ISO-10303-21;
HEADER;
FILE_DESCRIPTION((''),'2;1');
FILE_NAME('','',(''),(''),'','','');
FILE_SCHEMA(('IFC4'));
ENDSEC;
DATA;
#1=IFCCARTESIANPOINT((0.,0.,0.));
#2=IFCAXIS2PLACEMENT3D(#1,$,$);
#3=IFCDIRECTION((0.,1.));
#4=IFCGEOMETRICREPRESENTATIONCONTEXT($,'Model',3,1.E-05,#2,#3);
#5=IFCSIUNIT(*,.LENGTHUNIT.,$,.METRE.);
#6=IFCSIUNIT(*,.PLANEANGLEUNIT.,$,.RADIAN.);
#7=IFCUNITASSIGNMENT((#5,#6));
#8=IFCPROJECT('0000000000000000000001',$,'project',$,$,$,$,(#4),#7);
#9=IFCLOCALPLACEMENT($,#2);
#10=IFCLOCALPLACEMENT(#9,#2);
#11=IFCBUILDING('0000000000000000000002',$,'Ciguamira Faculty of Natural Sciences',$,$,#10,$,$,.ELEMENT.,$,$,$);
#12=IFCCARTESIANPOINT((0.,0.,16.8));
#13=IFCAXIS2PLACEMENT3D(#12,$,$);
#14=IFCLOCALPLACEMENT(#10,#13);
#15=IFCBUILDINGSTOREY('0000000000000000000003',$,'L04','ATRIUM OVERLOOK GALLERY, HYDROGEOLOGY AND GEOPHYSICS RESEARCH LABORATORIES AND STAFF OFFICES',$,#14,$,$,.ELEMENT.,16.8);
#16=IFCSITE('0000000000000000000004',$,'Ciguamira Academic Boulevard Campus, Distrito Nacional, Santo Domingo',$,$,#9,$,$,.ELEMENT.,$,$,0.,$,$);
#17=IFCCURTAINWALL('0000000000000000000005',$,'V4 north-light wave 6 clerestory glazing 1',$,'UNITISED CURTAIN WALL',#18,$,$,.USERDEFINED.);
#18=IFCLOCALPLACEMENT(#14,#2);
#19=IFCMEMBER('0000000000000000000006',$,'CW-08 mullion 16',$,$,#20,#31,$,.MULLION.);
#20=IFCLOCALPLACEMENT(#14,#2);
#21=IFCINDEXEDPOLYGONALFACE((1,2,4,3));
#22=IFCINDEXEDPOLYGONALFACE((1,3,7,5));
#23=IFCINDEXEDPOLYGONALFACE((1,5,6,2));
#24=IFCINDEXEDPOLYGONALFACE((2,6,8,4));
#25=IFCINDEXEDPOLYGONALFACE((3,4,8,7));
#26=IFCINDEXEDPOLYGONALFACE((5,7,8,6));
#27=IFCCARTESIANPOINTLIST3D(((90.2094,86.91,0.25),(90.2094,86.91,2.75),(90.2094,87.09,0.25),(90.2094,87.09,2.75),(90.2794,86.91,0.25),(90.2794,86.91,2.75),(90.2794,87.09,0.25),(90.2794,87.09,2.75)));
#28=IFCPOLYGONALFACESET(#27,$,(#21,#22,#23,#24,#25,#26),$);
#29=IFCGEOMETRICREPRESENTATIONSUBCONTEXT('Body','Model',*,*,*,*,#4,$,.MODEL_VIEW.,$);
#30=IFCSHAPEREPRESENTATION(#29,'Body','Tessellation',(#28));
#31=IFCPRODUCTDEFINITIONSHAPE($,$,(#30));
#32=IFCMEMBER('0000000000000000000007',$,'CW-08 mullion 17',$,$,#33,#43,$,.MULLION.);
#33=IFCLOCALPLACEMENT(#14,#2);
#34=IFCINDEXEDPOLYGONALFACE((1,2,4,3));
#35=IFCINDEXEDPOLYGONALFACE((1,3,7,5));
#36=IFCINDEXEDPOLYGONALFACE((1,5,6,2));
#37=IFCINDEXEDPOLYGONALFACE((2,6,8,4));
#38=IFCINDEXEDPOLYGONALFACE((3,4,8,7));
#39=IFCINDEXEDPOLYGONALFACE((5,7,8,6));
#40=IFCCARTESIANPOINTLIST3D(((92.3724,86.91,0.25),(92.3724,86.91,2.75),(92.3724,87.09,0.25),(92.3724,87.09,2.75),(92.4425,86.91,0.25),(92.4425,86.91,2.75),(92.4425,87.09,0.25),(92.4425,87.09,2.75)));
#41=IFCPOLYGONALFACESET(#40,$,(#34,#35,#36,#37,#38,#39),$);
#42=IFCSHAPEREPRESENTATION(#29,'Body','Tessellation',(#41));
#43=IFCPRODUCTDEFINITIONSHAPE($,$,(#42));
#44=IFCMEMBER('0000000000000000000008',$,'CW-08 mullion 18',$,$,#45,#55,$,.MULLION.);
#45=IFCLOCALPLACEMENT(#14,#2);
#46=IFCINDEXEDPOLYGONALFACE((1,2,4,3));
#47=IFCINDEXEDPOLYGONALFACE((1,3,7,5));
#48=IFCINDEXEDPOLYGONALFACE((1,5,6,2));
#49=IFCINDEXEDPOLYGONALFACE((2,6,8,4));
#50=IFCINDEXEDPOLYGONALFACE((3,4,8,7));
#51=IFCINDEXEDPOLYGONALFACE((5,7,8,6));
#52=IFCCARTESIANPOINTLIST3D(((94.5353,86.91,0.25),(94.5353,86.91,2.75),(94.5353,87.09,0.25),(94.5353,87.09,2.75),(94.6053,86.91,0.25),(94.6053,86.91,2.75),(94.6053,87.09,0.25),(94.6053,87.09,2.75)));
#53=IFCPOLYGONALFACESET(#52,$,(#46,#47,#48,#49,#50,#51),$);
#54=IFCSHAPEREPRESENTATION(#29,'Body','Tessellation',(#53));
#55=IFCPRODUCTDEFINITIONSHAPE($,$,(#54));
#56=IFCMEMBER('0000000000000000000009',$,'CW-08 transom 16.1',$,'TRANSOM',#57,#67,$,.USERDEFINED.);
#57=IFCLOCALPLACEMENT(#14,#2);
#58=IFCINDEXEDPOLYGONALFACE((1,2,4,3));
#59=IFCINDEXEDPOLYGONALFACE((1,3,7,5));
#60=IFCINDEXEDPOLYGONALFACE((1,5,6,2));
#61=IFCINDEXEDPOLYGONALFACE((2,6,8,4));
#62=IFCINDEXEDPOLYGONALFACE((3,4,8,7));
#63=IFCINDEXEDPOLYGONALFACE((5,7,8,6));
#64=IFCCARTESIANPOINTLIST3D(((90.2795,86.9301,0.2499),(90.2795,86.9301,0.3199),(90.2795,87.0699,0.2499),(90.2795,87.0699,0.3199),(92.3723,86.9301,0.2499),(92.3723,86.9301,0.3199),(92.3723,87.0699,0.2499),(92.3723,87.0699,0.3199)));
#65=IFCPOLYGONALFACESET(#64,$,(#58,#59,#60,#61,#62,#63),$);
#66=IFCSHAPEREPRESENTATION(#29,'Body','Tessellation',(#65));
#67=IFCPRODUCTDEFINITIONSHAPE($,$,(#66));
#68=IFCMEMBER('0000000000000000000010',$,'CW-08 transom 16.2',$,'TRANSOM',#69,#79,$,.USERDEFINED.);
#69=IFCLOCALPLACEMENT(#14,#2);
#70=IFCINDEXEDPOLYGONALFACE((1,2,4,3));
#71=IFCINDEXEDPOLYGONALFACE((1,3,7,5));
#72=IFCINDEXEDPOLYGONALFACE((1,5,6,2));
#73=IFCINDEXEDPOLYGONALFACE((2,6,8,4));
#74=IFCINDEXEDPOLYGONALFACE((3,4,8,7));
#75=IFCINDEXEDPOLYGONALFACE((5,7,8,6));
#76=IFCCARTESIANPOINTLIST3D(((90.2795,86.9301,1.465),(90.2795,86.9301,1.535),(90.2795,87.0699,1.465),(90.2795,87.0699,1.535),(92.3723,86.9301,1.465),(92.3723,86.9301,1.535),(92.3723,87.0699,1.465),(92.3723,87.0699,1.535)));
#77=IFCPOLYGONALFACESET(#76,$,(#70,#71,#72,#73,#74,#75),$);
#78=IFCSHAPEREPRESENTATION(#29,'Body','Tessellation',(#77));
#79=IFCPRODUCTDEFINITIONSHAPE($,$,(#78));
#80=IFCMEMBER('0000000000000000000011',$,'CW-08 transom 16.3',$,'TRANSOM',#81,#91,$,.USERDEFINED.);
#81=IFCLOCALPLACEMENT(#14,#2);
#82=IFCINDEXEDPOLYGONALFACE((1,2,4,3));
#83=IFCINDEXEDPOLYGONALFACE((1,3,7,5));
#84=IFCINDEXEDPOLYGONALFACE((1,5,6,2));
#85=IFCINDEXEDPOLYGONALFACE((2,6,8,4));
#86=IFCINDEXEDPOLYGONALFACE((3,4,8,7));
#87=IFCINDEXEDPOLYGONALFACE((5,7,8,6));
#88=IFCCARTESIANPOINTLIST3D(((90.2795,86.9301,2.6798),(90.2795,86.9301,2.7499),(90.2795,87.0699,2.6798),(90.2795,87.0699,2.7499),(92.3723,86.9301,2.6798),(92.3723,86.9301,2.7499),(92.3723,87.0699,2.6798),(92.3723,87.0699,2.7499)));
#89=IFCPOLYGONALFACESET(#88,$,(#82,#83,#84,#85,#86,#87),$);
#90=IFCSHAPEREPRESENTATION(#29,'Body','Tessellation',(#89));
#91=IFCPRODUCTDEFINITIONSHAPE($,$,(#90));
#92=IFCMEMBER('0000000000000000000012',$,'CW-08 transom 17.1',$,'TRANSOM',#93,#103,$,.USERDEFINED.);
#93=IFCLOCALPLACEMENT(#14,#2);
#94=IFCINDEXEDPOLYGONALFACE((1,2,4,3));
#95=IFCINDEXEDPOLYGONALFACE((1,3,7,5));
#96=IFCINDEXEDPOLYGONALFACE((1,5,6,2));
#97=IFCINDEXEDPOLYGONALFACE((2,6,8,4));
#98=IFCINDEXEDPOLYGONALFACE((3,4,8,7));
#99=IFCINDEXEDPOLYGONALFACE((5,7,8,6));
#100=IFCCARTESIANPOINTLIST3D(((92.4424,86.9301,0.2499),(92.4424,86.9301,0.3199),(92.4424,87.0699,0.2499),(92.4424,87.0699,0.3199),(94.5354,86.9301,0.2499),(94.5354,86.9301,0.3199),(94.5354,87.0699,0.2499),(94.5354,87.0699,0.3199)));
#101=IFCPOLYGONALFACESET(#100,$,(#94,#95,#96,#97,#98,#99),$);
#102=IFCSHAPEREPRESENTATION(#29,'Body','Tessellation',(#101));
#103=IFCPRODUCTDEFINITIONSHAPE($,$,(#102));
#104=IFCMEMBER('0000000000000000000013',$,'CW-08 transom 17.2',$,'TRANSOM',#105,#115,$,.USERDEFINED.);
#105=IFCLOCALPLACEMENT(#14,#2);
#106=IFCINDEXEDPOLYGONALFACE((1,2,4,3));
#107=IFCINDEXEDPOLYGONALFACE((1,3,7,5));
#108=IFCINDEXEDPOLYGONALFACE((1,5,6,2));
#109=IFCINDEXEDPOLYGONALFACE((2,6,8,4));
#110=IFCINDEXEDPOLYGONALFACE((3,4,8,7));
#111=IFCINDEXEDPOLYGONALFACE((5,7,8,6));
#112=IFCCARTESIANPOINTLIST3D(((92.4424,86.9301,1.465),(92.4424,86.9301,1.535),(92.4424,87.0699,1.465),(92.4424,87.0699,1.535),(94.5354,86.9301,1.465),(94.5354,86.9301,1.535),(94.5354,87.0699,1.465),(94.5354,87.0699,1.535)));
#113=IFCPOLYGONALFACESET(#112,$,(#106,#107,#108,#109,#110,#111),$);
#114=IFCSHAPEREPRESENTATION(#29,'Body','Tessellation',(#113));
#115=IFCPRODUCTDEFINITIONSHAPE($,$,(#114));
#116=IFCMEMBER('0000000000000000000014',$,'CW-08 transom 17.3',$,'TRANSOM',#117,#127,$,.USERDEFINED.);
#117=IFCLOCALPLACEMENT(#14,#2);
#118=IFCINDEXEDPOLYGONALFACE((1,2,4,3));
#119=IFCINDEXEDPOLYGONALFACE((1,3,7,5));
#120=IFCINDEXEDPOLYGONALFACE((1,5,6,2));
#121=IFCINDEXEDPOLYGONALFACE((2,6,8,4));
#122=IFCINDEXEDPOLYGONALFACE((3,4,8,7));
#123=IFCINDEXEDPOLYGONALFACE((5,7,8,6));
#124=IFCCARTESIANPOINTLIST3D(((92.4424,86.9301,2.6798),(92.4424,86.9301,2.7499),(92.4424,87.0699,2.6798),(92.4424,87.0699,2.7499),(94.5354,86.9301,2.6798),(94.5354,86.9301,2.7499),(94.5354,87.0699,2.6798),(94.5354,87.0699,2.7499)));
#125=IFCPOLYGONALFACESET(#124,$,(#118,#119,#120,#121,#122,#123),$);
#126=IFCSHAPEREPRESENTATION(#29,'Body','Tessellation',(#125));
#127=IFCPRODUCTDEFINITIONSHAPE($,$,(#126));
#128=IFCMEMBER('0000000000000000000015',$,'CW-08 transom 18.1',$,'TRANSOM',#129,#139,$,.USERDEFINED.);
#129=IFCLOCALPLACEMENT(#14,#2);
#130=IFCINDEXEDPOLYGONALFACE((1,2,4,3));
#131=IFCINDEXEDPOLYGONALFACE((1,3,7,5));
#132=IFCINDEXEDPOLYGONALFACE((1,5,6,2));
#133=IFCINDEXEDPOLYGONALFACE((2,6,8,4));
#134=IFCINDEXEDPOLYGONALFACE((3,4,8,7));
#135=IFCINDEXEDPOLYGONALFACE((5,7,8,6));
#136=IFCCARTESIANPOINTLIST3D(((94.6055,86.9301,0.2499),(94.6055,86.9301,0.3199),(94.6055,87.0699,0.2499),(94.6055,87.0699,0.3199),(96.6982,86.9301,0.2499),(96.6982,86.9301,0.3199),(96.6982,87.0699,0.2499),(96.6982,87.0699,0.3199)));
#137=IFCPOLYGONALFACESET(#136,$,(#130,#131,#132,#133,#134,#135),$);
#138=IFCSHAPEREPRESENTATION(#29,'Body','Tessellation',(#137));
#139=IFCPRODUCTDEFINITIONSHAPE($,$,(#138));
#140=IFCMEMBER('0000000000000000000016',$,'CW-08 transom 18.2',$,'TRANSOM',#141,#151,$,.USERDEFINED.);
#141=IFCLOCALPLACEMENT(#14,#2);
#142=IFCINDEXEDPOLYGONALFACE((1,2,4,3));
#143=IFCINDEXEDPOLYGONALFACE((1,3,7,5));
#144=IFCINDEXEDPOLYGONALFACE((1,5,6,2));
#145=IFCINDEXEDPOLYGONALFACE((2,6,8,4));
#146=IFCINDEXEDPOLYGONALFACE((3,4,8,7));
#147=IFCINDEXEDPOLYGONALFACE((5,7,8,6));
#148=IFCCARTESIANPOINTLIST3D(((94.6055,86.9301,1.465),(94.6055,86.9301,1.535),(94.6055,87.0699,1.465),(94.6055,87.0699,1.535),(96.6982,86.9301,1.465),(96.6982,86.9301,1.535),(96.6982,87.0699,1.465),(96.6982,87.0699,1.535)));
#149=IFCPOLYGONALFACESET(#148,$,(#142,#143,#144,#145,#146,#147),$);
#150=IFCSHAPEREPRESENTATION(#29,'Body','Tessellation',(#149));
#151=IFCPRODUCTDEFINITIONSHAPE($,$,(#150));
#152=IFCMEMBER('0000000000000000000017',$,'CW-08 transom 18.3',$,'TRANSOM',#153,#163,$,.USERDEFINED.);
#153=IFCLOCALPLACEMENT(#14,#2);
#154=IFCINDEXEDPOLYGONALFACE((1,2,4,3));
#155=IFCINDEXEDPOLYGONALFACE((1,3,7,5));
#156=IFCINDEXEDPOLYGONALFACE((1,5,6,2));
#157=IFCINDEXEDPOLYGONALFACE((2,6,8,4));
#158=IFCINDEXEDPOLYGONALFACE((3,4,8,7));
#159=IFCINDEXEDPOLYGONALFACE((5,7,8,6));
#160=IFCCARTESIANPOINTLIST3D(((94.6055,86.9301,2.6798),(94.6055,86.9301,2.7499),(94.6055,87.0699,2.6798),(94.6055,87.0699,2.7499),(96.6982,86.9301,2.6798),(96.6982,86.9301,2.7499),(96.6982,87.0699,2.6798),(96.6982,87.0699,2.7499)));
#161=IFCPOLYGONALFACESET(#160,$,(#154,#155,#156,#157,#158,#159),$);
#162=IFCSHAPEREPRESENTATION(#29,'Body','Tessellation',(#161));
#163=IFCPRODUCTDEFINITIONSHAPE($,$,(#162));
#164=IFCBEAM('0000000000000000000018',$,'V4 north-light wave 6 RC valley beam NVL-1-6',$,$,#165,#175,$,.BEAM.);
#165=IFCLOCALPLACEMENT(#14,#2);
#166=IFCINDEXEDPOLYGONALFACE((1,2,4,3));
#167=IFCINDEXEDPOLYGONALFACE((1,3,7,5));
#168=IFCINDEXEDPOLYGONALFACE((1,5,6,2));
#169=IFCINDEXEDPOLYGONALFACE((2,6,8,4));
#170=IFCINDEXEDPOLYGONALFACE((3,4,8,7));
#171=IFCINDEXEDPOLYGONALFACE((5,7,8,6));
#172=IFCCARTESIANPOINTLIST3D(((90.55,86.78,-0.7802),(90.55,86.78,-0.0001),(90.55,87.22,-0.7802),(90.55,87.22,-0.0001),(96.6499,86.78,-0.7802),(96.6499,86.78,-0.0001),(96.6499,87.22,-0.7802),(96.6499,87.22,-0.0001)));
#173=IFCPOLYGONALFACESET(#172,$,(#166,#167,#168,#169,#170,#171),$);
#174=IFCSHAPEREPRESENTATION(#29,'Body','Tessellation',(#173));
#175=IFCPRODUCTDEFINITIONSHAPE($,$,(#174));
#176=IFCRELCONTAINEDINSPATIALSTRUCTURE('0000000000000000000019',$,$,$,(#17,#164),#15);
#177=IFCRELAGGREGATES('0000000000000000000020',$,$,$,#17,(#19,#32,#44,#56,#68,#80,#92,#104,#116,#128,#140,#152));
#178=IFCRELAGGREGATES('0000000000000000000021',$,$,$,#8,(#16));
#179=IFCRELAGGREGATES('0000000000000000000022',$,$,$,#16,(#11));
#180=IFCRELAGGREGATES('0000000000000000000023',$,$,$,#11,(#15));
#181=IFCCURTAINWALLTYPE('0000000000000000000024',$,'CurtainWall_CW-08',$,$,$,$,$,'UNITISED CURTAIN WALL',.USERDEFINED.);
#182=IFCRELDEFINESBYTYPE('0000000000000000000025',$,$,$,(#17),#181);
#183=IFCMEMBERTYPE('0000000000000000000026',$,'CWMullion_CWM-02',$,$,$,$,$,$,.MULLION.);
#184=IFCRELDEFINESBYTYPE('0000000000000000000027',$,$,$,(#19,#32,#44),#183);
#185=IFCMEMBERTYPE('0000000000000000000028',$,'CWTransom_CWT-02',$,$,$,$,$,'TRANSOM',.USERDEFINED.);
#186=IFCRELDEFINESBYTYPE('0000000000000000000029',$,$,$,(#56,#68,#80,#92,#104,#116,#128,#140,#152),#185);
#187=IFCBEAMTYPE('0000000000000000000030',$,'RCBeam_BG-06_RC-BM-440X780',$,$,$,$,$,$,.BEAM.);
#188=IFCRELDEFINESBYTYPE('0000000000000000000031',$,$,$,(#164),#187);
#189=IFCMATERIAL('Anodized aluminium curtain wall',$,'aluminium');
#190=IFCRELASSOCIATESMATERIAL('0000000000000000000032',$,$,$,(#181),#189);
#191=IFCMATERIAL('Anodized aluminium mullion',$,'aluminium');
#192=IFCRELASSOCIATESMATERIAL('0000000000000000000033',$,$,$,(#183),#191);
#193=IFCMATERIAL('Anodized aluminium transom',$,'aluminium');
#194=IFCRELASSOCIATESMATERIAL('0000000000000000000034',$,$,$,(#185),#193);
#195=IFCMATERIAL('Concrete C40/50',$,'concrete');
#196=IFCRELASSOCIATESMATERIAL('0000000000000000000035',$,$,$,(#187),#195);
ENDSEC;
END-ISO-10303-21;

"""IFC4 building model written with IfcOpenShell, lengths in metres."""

from ifc_helpers import new_model, si_unit, direction, frame, origin, origin_2d, place, context, subcontext, project, spatial, rectangle, extrude, material, material_profile, profile_set, type_object, element, aggregate, save


model = new_model("IFC4")

# Units and contexts
model_context = context("Model", 3, precision=1e-05, world=origin(), true_north=direction((0.0, 1.0)))
body_context = subcontext(model_context, "Body", "Model", "MODEL_VIEW")
ifc_project = project(units=[si_unit("LENGTHUNIT", "METRE"), si_unit("PLANEANGLEUNIT", "RADIAN")], contexts=[model_context])

# Site, building, storey
site_placement = place(None, origin())
site = spatial("IfcSite", under=ifc_project, at=site_placement, Name="Ciguamira Academic Boulevard Campus, Distrito Nacional, Santo Domingo", CompositionType="ELEMENT", RefElevation=0.0)
building_placement = place(site_placement, origin())
building = spatial("IfcBuilding", under=site, at=building_placement, Name="Ciguamira Faculty of Natural Sciences", CompositionType="ELEMENT")
storey_placement = place(building_placement, frame((0.0, 0.0, 16.8)))
storey = spatial("IfcBuildingStorey", under=building, at=storey_placement, Name="L04", Description="ATRIUM OVERLOOK GALLERY, HYDROGEOLOGY AND GEOPHYSICS RESEARCH LABORATORIES AND STAFF OFFICES", CompositionType="ELEMENT", Elevation=16.8)

# Curtain wall, members
ifc_material_1 = material(Name="Anodized aluminium curtain wall", Category="aluminium")
curtain_wall_type = type_object("IfcCurtainWallType", Name="CurtainWall_CW-08", ElementType="UNITISED CURTAIN WALL", PredefinedType="USERDEFINED", material=ifc_material_1)
curtain_wall_placement = place(storey_placement, origin())
curtain_wall = element("IfcCurtainWall", 1, at=curtain_wall_placement, inside=storey, type_object=curtain_wall_type, Name="V4 north-light wave 6 clerestory glazing 1", ObjectType="UNITISED CURTAIN WALL", PredefinedType="USERDEFINED")
ifc_material_2 = material(Name="Anodized aluminium mullion", Category="aluminium")
ifc_material_profile_1 = material_profile(ifc_material_2, rectangle(XDim=0.0701, YDim=0.1799, at=origin_2d()), Name="ALU-MUL-70X180")
ifc_profile_set_1 = profile_set([ifc_material_profile_1], Name="Anodized aluminium mullion")
member_type_1 = type_object("IfcMemberType", Name="CWMullion_CWM-02", PredefinedType="MULLION", material=ifc_profile_set_1)
member_1_placement = place(storey_placement, frame((90.2444, 87.0, 0.25), z_axis=(0.0, 0.0, 1.0), x_axis=(1.0, 0.0, 0.0)))
member_1 = element("IfcMember", 2, at=member_1_placement, type_object=member_type_1, Name="CW-08 mullion 16", PredefinedType="MULLION", context=body_context, shape_type="SweptSolid", body=[
    extrude(rectangle(XDim=0.0701, YDim=0.1799, at=origin_2d()), origin(), (0.0, 0.0, 1.0), 2.5),
])
member_2_placement = place(storey_placement, frame((92.4075, 87.0, 0.25), z_axis=(0.0, 0.0, 1.0), x_axis=(1.0, 0.0, 0.0)))
member_2 = element("IfcMember", 3, at=member_2_placement, type_object=member_type_1, Name="CW-08 mullion 17", PredefinedType="MULLION", context=body_context, shape_type="SweptSolid", body=[
    extrude(rectangle(XDim=0.0701, YDim=0.1799, at=origin_2d()), origin(), (0.0, 0.0, 1.0), 2.5),
])
member_3_placement = place(storey_placement, frame((94.5703, 87.0, 0.25), z_axis=(0.0, 0.0, 1.0), x_axis=(1.0, 0.0, 0.0)))
member_3 = element("IfcMember", 4, at=member_3_placement, type_object=member_type_1, Name="CW-08 mullion 18", PredefinedType="MULLION", context=body_context, shape_type="SweptSolid", body=[
    extrude(rectangle(XDim=0.0701, YDim=0.1799, at=origin_2d()), origin(), (0.0, 0.0, 1.0), 2.5),
])
ifc_material_3 = material(Name="Anodized aluminium transom", Category="aluminium")
ifc_material_profile_2 = material_profile(ifc_material_3, rectangle(XDim=0.0701, YDim=0.1399, at=origin_2d()), Name="ALU-TRN-70X140")
ifc_profile_set_2 = profile_set([ifc_material_profile_2], Name="Anodized aluminium transom")
member_type_2 = type_object("IfcMemberType", Name="CWTransom_CWT-02", ElementType="TRANSOM", PredefinedType="USERDEFINED", material=ifc_profile_set_2)
member_4_placement = place(storey_placement, frame((90.2795, 87.0, 0.2849), z_axis=(1.0, 0.0, 0.0), x_axis=(0.0, 0.0, 1.0)))
member_4 = element("IfcMember", 5, at=member_4_placement, type_object=member_type_2, Name="CW-08 transom 16.1", ObjectType="TRANSOM", PredefinedType="USERDEFINED", context=body_context, shape_type="SweptSolid", body=[
    extrude(rectangle(XDim=0.0701, YDim=0.1399, at=origin_2d()), origin(), (0.0, 0.0, 1.0), 2.0928),
])
member_5_placement = place(storey_placement, frame((90.2795, 87.0, 1.5), z_axis=(1.0, 0.0, 0.0), x_axis=(0.0, 0.0, 1.0)))
member_5 = element("IfcMember", 6, at=member_5_placement, type_object=member_type_2, Name="CW-08 transom 16.2", ObjectType="TRANSOM", PredefinedType="USERDEFINED", context=body_context, shape_type="SweptSolid", body=[
    extrude(rectangle(XDim=0.0701, YDim=0.1399, at=origin_2d()), origin(), (0.0, 0.0, 1.0), 2.0928),
])
member_6_placement = place(storey_placement, frame((90.2795, 87.0, 2.7148), z_axis=(1.0, 0.0, 0.0), x_axis=(0.0, 0.0, 1.0)))
member_6 = element("IfcMember", 7, at=member_6_placement, type_object=member_type_2, Name="CW-08 transom 16.3", ObjectType="TRANSOM", PredefinedType="USERDEFINED", context=body_context, shape_type="SweptSolid", body=[
    extrude(rectangle(XDim=0.0701, YDim=0.1399, at=origin_2d()), origin(), (0.0, 0.0, 1.0), 2.0928),
])
member_7_placement = place(storey_placement, frame((92.4424, 87.0, 0.2849), z_axis=(1.0, 0.0, 0.0), x_axis=(0.0, 0.0, 1.0)))
member_7 = element("IfcMember", 8, at=member_7_placement, type_object=member_type_2, Name="CW-08 transom 17.1", ObjectType="TRANSOM", PredefinedType="USERDEFINED", context=body_context, shape_type="SweptSolid", body=[
    extrude(rectangle(XDim=0.0701, YDim=0.1399, at=origin_2d()), origin(), (0.0, 0.0, 1.0), 2.093),
])
member_8_placement = place(storey_placement, frame((92.4424, 87.0, 1.5), z_axis=(1.0, 0.0, 0.0), x_axis=(0.0, 0.0, 1.0)))
member_8 = element("IfcMember", 9, at=member_8_placement, type_object=member_type_2, Name="CW-08 transom 17.2", ObjectType="TRANSOM", PredefinedType="USERDEFINED", context=body_context, shape_type="SweptSolid", body=[
    extrude(rectangle(XDim=0.0701, YDim=0.1399, at=origin_2d()), origin(), (0.0, 0.0, 1.0), 2.093),
])
member_9_placement = place(storey_placement, frame((92.4424, 87.0, 2.7148), z_axis=(1.0, 0.0, 0.0), x_axis=(0.0, 0.0, 1.0)))
member_9 = element("IfcMember", 10, at=member_9_placement, type_object=member_type_2, Name="CW-08 transom 17.3", ObjectType="TRANSOM", PredefinedType="USERDEFINED", context=body_context, shape_type="SweptSolid", body=[
    extrude(rectangle(XDim=0.0701, YDim=0.1399, at=origin_2d()), origin(), (0.0, 0.0, 1.0), 2.093),
])
member_10_placement = place(storey_placement, frame((94.6055, 87.0, 0.2849), z_axis=(1.0, 0.0, 0.0), x_axis=(0.0, 0.0, 1.0)))
member_10 = element("IfcMember", 11, at=member_10_placement, type_object=member_type_2, Name="CW-08 transom 18.1", ObjectType="TRANSOM", PredefinedType="USERDEFINED", context=body_context, shape_type="SweptSolid", body=[
    extrude(rectangle(XDim=0.0701, YDim=0.1399, at=origin_2d()), origin(), (0.0, 0.0, 1.0), 2.0928),
])
member_11_placement = place(storey_placement, frame((94.6055, 87.0, 1.5), z_axis=(1.0, 0.0, 0.0), x_axis=(0.0, 0.0, 1.0)))
member_11 = element("IfcMember", 12, at=member_11_placement, type_object=member_type_2, Name="CW-08 transom 18.2", ObjectType="TRANSOM", PredefinedType="USERDEFINED", context=body_context, shape_type="SweptSolid", body=[
    extrude(rectangle(XDim=0.0701, YDim=0.1399, at=origin_2d()), origin(), (0.0, 0.0, 1.0), 2.0928),
])
member_12_placement = place(storey_placement, frame((94.6055, 87.0, 2.7148), z_axis=(1.0, 0.0, 0.0), x_axis=(0.0, 0.0, 1.0)))
member_12 = element("IfcMember", 13, at=member_12_placement, type_object=member_type_2, Name="CW-08 transom 18.3", ObjectType="TRANSOM", PredefinedType="USERDEFINED", context=body_context, shape_type="SweptSolid", body=[
    extrude(rectangle(XDim=0.0701, YDim=0.1399, at=origin_2d()), origin(), (0.0, 0.0, 1.0), 2.0928),
])

# Beam
ifc_material_4 = material(Name="Concrete C40/50", Category="concrete")
ifc_material_profile_3 = material_profile(ifc_material_4, rectangle(XDim=0.4399, YDim=0.78, at=origin_2d()), Name="RC-BM-440X780")
ifc_profile_set_3 = profile_set([ifc_material_profile_3], Name="Concrete C40/50")
beam_type = type_object("IfcBeamType", Name="RCBeam_BG-06_RC-BM-440X780", PredefinedType="BEAM", material=ifc_profile_set_3)
beam_placement = place(storey_placement, frame((90.55, 87.0, -0.3901), z_axis=(1.0, 0.0, 0.0), x_axis=(0.0, 1.0, 0.0)))
element("IfcBeam", 14, at=beam_placement, inside=storey, type_object=beam_type, Name="V4 north-light wave 6 RC valley beam NVL-1-6", PredefinedType="BEAM", context=body_context, shape_type="SweptSolid", body=[
    extrude(rectangle(XDim=0.4399, YDim=0.78, at=origin_2d()), origin(), (0.0, 0.0, 1.0), 6.0999),
])

aggregate(curtain_wall, [member_1, member_2, member_3, member_4, member_5, member_6, member_7, member_8, member_9, member_10, member_11, member_12])

save(model, "model.ifc")
